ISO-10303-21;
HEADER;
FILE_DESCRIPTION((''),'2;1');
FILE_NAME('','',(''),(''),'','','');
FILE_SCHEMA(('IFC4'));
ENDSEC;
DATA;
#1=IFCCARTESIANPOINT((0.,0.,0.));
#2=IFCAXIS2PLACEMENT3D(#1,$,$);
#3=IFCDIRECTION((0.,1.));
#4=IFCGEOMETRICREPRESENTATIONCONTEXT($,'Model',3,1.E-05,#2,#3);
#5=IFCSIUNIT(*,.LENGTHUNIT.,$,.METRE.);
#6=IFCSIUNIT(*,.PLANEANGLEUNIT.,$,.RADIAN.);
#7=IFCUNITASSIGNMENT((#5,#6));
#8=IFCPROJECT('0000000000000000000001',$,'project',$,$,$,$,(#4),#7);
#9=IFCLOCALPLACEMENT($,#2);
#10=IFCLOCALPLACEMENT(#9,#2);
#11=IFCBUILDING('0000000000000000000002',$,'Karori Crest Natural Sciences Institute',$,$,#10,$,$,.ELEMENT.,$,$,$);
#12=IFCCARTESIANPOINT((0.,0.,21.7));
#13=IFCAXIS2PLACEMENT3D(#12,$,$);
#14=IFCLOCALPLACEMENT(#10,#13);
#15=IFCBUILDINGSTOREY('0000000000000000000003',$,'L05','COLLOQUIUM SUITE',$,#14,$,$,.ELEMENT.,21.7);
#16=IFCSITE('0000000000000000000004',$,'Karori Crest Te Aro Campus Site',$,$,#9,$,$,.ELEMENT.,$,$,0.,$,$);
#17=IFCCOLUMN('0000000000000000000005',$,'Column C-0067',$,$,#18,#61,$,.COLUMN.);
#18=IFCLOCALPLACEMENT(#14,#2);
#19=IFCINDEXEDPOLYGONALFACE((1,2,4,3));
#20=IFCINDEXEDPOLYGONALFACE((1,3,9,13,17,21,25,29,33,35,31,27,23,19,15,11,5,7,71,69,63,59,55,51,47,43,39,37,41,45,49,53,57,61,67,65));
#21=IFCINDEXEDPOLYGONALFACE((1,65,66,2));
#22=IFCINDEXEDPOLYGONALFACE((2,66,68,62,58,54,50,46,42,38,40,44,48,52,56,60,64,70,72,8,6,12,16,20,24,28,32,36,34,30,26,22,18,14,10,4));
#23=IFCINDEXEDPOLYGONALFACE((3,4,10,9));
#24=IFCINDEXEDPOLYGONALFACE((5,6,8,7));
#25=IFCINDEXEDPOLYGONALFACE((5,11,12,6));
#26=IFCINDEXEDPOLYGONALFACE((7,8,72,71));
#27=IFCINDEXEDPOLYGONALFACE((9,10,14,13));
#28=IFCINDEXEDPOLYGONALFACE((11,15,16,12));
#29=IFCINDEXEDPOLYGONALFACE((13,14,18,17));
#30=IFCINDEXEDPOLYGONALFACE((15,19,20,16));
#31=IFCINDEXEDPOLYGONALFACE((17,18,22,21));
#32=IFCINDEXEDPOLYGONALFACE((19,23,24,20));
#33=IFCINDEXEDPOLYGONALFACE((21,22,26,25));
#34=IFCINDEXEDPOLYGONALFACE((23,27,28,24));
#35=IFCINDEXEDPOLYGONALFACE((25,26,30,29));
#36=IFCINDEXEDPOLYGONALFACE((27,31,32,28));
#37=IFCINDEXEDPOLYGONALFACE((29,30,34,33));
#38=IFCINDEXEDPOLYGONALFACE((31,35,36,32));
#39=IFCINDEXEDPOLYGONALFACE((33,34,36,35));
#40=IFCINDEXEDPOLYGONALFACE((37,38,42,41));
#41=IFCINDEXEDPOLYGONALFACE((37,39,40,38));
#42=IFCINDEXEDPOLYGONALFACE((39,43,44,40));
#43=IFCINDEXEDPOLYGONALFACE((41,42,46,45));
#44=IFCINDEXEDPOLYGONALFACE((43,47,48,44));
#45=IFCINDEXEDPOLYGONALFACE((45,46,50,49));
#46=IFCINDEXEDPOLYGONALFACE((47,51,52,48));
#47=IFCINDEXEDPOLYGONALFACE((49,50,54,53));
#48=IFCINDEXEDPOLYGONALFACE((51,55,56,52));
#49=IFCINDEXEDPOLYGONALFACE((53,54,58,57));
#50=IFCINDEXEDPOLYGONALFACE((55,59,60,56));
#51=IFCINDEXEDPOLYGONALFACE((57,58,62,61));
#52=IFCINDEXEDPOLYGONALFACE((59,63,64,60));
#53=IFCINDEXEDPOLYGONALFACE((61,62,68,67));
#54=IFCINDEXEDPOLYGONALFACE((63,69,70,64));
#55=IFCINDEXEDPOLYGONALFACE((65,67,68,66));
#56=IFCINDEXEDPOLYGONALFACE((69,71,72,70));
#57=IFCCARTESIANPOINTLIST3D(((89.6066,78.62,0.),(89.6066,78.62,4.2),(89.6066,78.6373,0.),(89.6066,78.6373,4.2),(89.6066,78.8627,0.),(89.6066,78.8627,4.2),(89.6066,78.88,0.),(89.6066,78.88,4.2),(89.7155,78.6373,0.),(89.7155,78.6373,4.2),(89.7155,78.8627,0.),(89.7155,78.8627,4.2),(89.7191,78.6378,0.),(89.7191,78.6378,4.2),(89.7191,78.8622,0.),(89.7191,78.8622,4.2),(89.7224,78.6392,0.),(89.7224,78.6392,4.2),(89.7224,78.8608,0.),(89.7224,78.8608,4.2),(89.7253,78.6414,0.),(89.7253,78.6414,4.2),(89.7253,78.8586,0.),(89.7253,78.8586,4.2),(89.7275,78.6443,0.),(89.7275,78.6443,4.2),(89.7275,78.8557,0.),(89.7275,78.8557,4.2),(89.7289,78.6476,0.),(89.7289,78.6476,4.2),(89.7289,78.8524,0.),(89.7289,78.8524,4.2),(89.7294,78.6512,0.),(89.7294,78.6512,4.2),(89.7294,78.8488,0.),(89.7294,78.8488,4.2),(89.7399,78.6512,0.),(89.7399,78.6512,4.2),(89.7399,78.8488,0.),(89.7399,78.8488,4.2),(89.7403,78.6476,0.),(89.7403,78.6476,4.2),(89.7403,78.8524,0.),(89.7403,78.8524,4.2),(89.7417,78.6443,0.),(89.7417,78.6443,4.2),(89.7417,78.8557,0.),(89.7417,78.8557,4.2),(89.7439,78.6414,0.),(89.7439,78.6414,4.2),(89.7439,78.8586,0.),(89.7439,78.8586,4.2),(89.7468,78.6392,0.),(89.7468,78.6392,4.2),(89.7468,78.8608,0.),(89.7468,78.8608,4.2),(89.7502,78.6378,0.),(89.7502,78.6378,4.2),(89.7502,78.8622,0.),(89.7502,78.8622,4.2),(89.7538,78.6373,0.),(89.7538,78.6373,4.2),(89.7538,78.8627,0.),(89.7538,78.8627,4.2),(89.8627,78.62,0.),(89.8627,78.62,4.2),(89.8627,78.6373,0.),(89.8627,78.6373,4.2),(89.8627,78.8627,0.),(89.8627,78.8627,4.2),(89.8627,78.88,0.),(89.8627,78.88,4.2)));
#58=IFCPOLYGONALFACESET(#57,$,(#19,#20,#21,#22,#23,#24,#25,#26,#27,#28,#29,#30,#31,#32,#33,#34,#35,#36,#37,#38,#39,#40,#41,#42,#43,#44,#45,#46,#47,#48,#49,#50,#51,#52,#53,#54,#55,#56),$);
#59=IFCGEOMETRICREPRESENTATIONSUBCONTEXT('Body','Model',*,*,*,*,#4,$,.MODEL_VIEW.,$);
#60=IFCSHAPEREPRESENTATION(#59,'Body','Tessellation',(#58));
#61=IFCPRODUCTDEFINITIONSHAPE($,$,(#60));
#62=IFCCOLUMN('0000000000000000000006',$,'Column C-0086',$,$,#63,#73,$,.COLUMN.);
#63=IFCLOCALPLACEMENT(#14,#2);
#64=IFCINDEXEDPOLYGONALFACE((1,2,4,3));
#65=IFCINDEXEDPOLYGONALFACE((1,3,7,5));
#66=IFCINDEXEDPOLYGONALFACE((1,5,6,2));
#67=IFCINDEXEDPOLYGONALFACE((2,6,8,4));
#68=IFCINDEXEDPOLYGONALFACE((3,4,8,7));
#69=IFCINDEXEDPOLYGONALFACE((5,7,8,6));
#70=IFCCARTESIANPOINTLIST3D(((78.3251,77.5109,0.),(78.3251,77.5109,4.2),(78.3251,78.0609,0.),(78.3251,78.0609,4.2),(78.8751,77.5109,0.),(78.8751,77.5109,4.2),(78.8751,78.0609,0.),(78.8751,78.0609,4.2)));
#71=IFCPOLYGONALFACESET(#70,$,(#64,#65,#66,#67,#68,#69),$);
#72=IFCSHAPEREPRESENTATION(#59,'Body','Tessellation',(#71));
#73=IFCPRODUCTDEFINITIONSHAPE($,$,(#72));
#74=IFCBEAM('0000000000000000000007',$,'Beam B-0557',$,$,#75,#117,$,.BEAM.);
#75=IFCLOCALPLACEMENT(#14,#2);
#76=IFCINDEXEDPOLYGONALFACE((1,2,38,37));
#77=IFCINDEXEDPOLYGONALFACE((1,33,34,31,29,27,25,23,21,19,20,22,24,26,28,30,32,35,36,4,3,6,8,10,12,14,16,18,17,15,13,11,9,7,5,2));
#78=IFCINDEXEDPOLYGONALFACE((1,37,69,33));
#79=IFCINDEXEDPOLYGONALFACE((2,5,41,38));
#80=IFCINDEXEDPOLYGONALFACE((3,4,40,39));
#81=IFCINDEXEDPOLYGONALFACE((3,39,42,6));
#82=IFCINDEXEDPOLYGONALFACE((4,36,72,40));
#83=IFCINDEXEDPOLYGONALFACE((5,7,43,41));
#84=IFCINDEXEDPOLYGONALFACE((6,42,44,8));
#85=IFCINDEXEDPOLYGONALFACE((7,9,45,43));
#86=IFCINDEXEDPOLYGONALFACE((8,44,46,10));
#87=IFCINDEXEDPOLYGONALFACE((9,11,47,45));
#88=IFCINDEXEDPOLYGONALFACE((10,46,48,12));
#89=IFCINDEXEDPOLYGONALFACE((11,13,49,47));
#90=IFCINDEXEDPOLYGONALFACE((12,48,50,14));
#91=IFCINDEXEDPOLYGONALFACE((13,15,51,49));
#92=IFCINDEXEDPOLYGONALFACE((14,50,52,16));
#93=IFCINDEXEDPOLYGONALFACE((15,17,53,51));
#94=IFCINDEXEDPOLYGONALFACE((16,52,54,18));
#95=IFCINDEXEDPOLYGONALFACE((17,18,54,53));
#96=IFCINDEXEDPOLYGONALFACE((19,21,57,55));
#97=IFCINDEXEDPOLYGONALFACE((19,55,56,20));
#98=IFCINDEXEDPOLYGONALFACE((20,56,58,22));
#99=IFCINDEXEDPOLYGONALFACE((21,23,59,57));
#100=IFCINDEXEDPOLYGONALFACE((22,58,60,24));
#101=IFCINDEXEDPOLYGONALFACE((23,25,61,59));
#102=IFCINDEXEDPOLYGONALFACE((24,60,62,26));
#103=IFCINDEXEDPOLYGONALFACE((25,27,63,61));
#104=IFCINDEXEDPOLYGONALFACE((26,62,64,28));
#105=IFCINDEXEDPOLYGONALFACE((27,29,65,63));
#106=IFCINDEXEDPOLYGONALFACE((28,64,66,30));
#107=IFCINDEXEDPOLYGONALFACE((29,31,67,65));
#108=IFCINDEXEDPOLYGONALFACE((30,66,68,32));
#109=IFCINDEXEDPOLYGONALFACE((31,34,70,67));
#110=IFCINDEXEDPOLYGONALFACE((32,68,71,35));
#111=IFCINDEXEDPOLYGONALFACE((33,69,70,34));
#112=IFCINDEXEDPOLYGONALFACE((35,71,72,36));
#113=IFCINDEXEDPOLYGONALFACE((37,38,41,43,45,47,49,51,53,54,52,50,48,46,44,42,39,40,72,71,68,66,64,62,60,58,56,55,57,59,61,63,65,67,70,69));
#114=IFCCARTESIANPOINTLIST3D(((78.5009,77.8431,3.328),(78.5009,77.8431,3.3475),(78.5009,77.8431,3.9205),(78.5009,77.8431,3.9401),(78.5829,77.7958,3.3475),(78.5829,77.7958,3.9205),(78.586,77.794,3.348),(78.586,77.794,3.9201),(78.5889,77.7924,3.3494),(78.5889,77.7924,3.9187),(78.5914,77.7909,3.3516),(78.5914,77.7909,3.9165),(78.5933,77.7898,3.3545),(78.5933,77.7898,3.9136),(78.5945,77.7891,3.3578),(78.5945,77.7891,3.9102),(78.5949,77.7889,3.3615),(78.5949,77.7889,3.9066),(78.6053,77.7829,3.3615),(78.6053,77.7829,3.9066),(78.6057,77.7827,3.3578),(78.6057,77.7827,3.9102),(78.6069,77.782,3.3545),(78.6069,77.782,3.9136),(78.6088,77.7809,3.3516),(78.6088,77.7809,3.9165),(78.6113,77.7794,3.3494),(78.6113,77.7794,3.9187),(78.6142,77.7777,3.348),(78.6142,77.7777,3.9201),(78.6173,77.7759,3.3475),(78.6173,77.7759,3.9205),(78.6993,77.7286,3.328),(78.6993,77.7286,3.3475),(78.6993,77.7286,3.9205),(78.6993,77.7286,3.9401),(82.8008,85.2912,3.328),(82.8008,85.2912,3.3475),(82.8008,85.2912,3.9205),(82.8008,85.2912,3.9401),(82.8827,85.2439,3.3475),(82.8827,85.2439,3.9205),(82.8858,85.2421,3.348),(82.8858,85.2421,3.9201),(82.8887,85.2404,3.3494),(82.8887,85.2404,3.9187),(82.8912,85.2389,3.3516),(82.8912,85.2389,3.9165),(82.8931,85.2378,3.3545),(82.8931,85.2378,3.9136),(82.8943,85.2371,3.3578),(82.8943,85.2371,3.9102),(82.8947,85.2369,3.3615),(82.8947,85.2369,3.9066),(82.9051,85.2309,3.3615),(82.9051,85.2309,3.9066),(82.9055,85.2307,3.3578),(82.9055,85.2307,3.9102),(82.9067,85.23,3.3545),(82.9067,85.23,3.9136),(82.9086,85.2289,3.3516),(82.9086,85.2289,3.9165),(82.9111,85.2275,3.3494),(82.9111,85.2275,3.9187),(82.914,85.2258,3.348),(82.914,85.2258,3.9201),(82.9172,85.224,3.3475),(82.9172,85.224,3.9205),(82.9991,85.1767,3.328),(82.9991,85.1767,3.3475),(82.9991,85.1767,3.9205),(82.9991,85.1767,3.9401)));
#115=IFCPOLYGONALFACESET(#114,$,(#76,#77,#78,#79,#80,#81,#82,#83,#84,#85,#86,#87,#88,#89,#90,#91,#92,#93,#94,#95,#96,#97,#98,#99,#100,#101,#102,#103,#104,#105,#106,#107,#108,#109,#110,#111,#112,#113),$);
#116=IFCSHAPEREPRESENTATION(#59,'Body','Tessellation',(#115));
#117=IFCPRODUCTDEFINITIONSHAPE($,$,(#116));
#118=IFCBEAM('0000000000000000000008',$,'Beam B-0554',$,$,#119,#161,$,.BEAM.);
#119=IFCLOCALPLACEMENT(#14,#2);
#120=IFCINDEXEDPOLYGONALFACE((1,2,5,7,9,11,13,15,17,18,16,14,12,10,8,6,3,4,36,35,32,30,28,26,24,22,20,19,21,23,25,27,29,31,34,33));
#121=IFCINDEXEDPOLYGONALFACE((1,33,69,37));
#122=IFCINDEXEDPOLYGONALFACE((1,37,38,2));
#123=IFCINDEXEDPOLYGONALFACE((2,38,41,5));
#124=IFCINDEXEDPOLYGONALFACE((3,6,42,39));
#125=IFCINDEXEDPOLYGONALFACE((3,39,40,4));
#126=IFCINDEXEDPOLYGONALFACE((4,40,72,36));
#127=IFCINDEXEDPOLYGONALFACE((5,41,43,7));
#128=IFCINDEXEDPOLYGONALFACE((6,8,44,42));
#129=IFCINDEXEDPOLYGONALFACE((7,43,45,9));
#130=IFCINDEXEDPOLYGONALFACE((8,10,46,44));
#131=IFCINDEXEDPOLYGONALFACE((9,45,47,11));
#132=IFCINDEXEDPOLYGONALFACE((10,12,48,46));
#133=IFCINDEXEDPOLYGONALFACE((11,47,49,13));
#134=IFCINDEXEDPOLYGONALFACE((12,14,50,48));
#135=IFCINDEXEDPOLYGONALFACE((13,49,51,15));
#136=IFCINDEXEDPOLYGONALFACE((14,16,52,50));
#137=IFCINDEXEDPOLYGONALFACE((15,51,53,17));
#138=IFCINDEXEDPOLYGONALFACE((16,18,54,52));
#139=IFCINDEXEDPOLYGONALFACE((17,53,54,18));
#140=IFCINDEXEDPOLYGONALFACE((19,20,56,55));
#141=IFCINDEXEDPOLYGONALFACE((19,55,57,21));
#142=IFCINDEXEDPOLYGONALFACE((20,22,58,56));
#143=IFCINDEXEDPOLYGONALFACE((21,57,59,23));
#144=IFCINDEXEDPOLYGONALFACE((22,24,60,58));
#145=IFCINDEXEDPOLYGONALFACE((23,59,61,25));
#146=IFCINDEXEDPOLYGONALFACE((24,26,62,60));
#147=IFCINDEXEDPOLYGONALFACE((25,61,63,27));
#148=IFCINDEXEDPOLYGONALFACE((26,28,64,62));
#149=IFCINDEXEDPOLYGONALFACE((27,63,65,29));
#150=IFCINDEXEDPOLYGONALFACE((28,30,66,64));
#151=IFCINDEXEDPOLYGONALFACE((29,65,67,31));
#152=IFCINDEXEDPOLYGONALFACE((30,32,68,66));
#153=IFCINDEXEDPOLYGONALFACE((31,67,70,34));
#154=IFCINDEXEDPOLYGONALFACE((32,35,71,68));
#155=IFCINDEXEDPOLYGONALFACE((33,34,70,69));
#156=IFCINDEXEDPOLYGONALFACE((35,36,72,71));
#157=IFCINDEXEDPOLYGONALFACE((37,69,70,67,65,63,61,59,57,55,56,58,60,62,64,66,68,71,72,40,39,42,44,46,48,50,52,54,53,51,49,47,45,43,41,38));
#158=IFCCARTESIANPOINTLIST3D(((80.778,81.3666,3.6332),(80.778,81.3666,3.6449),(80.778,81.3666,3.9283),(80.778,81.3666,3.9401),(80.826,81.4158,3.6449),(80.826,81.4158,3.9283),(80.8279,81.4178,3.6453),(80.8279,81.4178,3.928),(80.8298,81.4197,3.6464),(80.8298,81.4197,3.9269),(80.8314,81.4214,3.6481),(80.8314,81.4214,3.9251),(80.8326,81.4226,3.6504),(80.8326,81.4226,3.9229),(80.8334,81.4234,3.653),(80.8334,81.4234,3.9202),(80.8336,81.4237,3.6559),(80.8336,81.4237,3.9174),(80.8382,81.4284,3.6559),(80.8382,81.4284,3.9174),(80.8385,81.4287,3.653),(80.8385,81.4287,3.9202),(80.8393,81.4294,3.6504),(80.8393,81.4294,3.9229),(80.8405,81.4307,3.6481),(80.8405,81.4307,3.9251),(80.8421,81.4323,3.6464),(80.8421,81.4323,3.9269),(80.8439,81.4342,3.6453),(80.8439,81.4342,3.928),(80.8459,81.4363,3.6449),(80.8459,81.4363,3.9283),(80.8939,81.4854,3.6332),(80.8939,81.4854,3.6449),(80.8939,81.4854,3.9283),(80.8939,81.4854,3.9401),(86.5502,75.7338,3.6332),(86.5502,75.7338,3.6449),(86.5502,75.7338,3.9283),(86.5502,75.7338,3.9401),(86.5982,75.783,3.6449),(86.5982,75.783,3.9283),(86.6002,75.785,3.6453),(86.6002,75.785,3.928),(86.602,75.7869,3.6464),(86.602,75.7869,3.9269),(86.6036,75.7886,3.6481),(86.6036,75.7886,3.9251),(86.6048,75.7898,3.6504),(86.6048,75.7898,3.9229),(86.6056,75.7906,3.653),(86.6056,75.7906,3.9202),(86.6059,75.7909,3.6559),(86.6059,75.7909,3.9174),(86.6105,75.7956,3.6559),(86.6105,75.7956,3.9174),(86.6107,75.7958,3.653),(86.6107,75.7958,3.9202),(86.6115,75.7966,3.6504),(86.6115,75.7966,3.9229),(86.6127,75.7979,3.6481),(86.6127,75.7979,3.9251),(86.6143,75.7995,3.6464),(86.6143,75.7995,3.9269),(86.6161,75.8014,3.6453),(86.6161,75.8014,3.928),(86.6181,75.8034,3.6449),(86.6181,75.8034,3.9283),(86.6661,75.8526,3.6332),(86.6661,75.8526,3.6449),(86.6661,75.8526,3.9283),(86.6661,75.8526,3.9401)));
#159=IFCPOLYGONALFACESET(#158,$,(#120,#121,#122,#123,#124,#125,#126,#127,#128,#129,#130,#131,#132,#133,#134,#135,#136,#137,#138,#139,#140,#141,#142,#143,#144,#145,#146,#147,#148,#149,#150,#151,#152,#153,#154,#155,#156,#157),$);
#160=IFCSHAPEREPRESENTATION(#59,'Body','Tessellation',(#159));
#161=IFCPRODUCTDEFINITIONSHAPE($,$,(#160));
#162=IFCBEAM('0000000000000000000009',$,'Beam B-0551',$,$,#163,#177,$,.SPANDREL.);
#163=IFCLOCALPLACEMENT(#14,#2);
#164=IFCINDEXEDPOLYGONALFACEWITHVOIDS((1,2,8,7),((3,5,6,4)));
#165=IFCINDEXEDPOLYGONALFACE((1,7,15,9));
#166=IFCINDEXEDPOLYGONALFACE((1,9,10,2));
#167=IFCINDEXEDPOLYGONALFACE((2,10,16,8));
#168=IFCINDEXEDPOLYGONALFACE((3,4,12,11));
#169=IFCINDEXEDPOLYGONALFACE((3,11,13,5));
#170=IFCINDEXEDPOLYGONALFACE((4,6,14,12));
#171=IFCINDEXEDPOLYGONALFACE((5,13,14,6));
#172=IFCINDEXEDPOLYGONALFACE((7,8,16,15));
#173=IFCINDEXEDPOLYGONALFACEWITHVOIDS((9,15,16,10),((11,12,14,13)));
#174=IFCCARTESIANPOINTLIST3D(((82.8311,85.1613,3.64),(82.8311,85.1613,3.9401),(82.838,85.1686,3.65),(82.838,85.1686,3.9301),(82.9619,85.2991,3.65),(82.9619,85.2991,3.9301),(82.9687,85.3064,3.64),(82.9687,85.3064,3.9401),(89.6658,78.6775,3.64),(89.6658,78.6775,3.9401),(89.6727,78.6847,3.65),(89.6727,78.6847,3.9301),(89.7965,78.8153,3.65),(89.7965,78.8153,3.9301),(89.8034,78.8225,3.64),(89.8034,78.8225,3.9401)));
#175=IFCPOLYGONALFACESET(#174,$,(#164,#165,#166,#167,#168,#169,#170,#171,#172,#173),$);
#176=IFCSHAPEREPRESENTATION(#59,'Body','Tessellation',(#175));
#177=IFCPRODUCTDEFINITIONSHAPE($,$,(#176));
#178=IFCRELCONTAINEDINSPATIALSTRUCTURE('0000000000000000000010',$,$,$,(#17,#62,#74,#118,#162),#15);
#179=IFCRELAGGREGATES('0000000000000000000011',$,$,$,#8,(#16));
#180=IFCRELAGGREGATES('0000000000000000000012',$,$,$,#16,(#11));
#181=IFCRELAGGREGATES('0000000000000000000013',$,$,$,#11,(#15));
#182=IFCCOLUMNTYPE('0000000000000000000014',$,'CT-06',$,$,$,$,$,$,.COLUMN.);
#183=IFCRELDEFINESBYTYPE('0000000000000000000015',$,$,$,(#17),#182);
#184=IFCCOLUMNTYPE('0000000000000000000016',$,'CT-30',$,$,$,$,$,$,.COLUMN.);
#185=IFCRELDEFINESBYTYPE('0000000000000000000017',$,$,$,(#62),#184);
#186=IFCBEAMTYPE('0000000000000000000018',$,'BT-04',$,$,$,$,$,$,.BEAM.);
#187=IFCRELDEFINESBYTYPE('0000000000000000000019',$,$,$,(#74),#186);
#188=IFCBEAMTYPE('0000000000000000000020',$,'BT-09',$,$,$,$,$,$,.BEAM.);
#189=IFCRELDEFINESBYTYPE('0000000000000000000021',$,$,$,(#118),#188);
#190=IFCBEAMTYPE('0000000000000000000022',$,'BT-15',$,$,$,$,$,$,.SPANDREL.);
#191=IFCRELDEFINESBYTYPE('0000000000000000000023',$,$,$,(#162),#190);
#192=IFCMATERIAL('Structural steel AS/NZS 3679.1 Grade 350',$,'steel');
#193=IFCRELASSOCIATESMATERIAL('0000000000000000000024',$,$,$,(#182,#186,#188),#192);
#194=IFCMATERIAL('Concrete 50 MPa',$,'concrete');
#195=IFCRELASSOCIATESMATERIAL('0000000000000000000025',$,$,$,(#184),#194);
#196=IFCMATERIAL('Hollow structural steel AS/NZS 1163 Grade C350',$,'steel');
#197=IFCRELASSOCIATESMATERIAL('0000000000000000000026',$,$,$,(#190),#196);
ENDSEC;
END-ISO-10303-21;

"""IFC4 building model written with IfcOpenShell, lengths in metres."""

from ifc_helpers import new_model, si_unit, direction, frame, origin, origin_2d, place, context, subcontext, project, spatial, rectangle, hollow_rectangle, i_section, extrude, material, material_profile, profile_set, type_object, element, save


model = new_model("IFC4")

# Units and contexts
model_context = context("Model", 3, precision=1e-05, world=origin(), true_north=direction((0.0, 1.0)))
body_context = subcontext(model_context, "Body", "Model", "MODEL_VIEW")
ifc_project = project(units=[si_unit("LENGTHUNIT", "METRE"), si_unit("PLANEANGLEUNIT", "RADIAN")], contexts=[model_context])

# Site, building, storey
site_placement = place(None, origin())
site = spatial("IfcSite", under=ifc_project, at=site_placement, Name="Karori Crest Te Aro Campus Site", CompositionType="ELEMENT", RefElevation=0.0)
building_placement = place(site_placement, origin())
building = spatial("IfcBuilding", under=site, at=building_placement, Name="Karori Crest Natural Sciences Institute", CompositionType="ELEMENT")
storey_placement = place(building_placement, frame((0.0, 0.0, 21.7)))
storey = spatial("IfcBuildingStorey", under=building, at=storey_placement, Name="L05", Description="COLLOQUIUM SUITE", CompositionType="ELEMENT", Elevation=21.7)

# Columns
ifc_material_1 = material(Name="Structural steel AS/NZS 3679.1 Grade 350", Category="steel")
ifc_material_profile_1 = material_profile(ifc_material_1, i_section(OverallWidth=0.2561, OverallDepth=0.26, WebThickness=0.0105, FlangeThickness=0.0173, FilletRadius=0.0139, at=origin_2d()), Name="250UC89.5")
ifc_profile_set_1 = profile_set([ifc_material_profile_1], Name="Structural steel AS/NZS 3679.1 Grade 350")
column_type_1 = type_object("IfcColumnType", Name="CT-06", PredefinedType="COLUMN", material=ifc_profile_set_1)
column_1_placement = place(storey_placement, frame((89.7346, 78.75, 0.0), z_axis=(0.0, 0.0, 1.0), x_axis=(1.0, 0.0, 0.0)))
element("IfcColumn", 1, at=column_1_placement, inside=storey, type_object=column_type_1, Name="Column C-0067", PredefinedType="COLUMN", context=body_context, shape_type="SweptSolid", body=[
    extrude(i_section(OverallWidth=0.2561, OverallDepth=0.26, WebThickness=0.0105, FlangeThickness=0.0173, FilletRadius=0.0139, at=origin_2d()), origin(), (0.0, 0.0, 1.0), 4.2),
])
ifc_material_2 = material(Name="Concrete 50 MPa", Category="concrete")
ifc_material_profile_2 = material_profile(ifc_material_2, rectangle(XDim=0.55, YDim=0.55, at=origin_2d()), Name="RC550x550")
ifc_profile_set_2 = profile_set([ifc_material_profile_2], Name="Concrete 50 MPa")
column_type_2 = type_object("IfcColumnType", Name="CT-30", PredefinedType="COLUMN", material=ifc_profile_set_2)
column_2_placement = place(storey_placement, frame((78.6001, 77.7859, 0.0), z_axis=(0.0, 0.0, 1.0), x_axis=(1.0, 0.0, 0.0)))
element("IfcColumn", 2, at=column_2_placement, inside=storey, type_object=column_type_2, Name="Column C-0086", PredefinedType="COLUMN", context=body_context, shape_type="SweptSolid", body=[
    extrude(rectangle(XDim=0.55, YDim=0.55, at=origin_2d()), origin(), (0.0, 0.0, 1.0), 4.2),
])

# Beams
ifc_material_profile_3 = material_profile(ifc_material_1, i_section(OverallWidth=0.229, OverallDepth=0.6121, WebThickness=0.012, FlangeThickness=0.0195, FilletRadius=0.0139, at=origin_2d()), Name="610UB125")
ifc_profile_set_3 = profile_set([ifc_material_profile_3], Name="Structural steel AS/NZS 3679.1 Grade 350")
beam_type_1 = type_object("IfcBeamType", Name="BT-04", PredefinedType="BEAM", material=ifc_profile_set_3)
beam_1_placement = place(storey_placement, frame((78.6001, 77.7859, 3.634), z_axis=(0.499974, 0.86604, 0.0), x_axis=(-0.86604, 0.499974, 0.0)))
element("IfcBeam", 3, at=beam_1_placement, inside=storey, type_object=beam_type_1, Name="Beam B-0557", PredefinedType="BEAM", context=body_context, shape_type="SweptSolid", body=[
    extrude(i_section(OverallWidth=0.229, OverallDepth=0.6121, WebThickness=0.012, FlangeThickness=0.0195, FilletRadius=0.0139, at=origin_2d()), origin(), (0.0, 0.0, 1.0), 8.6001),
])
ifc_material_profile_4 = material_profile(ifc_material_1, i_section(OverallWidth=0.166, OverallDepth=0.3069, WebThickness=0.0066, FlangeThickness=0.0117, FilletRadius=0.011, at=origin_2d()), Name="310UB46.2")
ifc_profile_set_4 = profile_set([ifc_material_profile_4], Name="Structural steel AS/NZS 3679.1 Grade 350")
beam_type_2 = type_object("IfcBeamType", Name="BT-09", PredefinedType="BEAM", material=ifc_profile_set_4)
beam_2_placement = place(storey_placement, frame((86.6082, 75.7932, 3.7866), z_axis=(-0.715696, 0.698412, 0.0), x_axis=(-0.698412, -0.715696, 0.0)))
element("IfcBeam", 4, at=beam_2_placement, inside=storey, type_object=beam_type_2, Name="Beam B-0554", PredefinedType="BEAM", context=body_context, shape_type="SweptSolid", body=[
    extrude(i_section(OverallWidth=0.166, OverallDepth=0.3069, WebThickness=0.0066, FlangeThickness=0.0117, FilletRadius=0.011, at=origin_2d()), origin(), (0.0, 0.0, 1.0), 8.0652),
])
ifc_material_3 = material(Name="Hollow structural steel AS/NZS 1163 Grade C350", Category="steel")
ifc_material_profile_5 = material_profile(ifc_material_3, hollow_rectangle(XDim=0.2, YDim=0.3, WallThickness=0.01, at=origin_2d()), Name="RHS300x200x10")
ifc_profile_set_5 = profile_set([ifc_material_profile_5], Name="Hollow structural steel AS/NZS 1163 Grade C350")
beam_type_3 = type_object("IfcBeamType", Name="BT-15", PredefinedType="SPANDREL", material=ifc_profile_set_5)
beam_3_placement = place(storey_placement, frame((89.7346, 78.75, 3.79), z_axis=(-0.725481, 0.688242, 0.0), x_axis=(-0.688242, -0.725481, 0.0)))
element("IfcBeam", 5, at=beam_3_placement, inside=storey, type_object=beam_type_3, Name="Beam B-0551", PredefinedType="SPANDREL", context=body_context, shape_type="SweptSolid", body=[
    extrude(hollow_rectangle(XDim=0.2, YDim=0.3, WallThickness=0.01, at=origin_2d()), origin(), (0.0, 0.0, 1.0), 9.4209),
])

save(model, "model.ifc")
